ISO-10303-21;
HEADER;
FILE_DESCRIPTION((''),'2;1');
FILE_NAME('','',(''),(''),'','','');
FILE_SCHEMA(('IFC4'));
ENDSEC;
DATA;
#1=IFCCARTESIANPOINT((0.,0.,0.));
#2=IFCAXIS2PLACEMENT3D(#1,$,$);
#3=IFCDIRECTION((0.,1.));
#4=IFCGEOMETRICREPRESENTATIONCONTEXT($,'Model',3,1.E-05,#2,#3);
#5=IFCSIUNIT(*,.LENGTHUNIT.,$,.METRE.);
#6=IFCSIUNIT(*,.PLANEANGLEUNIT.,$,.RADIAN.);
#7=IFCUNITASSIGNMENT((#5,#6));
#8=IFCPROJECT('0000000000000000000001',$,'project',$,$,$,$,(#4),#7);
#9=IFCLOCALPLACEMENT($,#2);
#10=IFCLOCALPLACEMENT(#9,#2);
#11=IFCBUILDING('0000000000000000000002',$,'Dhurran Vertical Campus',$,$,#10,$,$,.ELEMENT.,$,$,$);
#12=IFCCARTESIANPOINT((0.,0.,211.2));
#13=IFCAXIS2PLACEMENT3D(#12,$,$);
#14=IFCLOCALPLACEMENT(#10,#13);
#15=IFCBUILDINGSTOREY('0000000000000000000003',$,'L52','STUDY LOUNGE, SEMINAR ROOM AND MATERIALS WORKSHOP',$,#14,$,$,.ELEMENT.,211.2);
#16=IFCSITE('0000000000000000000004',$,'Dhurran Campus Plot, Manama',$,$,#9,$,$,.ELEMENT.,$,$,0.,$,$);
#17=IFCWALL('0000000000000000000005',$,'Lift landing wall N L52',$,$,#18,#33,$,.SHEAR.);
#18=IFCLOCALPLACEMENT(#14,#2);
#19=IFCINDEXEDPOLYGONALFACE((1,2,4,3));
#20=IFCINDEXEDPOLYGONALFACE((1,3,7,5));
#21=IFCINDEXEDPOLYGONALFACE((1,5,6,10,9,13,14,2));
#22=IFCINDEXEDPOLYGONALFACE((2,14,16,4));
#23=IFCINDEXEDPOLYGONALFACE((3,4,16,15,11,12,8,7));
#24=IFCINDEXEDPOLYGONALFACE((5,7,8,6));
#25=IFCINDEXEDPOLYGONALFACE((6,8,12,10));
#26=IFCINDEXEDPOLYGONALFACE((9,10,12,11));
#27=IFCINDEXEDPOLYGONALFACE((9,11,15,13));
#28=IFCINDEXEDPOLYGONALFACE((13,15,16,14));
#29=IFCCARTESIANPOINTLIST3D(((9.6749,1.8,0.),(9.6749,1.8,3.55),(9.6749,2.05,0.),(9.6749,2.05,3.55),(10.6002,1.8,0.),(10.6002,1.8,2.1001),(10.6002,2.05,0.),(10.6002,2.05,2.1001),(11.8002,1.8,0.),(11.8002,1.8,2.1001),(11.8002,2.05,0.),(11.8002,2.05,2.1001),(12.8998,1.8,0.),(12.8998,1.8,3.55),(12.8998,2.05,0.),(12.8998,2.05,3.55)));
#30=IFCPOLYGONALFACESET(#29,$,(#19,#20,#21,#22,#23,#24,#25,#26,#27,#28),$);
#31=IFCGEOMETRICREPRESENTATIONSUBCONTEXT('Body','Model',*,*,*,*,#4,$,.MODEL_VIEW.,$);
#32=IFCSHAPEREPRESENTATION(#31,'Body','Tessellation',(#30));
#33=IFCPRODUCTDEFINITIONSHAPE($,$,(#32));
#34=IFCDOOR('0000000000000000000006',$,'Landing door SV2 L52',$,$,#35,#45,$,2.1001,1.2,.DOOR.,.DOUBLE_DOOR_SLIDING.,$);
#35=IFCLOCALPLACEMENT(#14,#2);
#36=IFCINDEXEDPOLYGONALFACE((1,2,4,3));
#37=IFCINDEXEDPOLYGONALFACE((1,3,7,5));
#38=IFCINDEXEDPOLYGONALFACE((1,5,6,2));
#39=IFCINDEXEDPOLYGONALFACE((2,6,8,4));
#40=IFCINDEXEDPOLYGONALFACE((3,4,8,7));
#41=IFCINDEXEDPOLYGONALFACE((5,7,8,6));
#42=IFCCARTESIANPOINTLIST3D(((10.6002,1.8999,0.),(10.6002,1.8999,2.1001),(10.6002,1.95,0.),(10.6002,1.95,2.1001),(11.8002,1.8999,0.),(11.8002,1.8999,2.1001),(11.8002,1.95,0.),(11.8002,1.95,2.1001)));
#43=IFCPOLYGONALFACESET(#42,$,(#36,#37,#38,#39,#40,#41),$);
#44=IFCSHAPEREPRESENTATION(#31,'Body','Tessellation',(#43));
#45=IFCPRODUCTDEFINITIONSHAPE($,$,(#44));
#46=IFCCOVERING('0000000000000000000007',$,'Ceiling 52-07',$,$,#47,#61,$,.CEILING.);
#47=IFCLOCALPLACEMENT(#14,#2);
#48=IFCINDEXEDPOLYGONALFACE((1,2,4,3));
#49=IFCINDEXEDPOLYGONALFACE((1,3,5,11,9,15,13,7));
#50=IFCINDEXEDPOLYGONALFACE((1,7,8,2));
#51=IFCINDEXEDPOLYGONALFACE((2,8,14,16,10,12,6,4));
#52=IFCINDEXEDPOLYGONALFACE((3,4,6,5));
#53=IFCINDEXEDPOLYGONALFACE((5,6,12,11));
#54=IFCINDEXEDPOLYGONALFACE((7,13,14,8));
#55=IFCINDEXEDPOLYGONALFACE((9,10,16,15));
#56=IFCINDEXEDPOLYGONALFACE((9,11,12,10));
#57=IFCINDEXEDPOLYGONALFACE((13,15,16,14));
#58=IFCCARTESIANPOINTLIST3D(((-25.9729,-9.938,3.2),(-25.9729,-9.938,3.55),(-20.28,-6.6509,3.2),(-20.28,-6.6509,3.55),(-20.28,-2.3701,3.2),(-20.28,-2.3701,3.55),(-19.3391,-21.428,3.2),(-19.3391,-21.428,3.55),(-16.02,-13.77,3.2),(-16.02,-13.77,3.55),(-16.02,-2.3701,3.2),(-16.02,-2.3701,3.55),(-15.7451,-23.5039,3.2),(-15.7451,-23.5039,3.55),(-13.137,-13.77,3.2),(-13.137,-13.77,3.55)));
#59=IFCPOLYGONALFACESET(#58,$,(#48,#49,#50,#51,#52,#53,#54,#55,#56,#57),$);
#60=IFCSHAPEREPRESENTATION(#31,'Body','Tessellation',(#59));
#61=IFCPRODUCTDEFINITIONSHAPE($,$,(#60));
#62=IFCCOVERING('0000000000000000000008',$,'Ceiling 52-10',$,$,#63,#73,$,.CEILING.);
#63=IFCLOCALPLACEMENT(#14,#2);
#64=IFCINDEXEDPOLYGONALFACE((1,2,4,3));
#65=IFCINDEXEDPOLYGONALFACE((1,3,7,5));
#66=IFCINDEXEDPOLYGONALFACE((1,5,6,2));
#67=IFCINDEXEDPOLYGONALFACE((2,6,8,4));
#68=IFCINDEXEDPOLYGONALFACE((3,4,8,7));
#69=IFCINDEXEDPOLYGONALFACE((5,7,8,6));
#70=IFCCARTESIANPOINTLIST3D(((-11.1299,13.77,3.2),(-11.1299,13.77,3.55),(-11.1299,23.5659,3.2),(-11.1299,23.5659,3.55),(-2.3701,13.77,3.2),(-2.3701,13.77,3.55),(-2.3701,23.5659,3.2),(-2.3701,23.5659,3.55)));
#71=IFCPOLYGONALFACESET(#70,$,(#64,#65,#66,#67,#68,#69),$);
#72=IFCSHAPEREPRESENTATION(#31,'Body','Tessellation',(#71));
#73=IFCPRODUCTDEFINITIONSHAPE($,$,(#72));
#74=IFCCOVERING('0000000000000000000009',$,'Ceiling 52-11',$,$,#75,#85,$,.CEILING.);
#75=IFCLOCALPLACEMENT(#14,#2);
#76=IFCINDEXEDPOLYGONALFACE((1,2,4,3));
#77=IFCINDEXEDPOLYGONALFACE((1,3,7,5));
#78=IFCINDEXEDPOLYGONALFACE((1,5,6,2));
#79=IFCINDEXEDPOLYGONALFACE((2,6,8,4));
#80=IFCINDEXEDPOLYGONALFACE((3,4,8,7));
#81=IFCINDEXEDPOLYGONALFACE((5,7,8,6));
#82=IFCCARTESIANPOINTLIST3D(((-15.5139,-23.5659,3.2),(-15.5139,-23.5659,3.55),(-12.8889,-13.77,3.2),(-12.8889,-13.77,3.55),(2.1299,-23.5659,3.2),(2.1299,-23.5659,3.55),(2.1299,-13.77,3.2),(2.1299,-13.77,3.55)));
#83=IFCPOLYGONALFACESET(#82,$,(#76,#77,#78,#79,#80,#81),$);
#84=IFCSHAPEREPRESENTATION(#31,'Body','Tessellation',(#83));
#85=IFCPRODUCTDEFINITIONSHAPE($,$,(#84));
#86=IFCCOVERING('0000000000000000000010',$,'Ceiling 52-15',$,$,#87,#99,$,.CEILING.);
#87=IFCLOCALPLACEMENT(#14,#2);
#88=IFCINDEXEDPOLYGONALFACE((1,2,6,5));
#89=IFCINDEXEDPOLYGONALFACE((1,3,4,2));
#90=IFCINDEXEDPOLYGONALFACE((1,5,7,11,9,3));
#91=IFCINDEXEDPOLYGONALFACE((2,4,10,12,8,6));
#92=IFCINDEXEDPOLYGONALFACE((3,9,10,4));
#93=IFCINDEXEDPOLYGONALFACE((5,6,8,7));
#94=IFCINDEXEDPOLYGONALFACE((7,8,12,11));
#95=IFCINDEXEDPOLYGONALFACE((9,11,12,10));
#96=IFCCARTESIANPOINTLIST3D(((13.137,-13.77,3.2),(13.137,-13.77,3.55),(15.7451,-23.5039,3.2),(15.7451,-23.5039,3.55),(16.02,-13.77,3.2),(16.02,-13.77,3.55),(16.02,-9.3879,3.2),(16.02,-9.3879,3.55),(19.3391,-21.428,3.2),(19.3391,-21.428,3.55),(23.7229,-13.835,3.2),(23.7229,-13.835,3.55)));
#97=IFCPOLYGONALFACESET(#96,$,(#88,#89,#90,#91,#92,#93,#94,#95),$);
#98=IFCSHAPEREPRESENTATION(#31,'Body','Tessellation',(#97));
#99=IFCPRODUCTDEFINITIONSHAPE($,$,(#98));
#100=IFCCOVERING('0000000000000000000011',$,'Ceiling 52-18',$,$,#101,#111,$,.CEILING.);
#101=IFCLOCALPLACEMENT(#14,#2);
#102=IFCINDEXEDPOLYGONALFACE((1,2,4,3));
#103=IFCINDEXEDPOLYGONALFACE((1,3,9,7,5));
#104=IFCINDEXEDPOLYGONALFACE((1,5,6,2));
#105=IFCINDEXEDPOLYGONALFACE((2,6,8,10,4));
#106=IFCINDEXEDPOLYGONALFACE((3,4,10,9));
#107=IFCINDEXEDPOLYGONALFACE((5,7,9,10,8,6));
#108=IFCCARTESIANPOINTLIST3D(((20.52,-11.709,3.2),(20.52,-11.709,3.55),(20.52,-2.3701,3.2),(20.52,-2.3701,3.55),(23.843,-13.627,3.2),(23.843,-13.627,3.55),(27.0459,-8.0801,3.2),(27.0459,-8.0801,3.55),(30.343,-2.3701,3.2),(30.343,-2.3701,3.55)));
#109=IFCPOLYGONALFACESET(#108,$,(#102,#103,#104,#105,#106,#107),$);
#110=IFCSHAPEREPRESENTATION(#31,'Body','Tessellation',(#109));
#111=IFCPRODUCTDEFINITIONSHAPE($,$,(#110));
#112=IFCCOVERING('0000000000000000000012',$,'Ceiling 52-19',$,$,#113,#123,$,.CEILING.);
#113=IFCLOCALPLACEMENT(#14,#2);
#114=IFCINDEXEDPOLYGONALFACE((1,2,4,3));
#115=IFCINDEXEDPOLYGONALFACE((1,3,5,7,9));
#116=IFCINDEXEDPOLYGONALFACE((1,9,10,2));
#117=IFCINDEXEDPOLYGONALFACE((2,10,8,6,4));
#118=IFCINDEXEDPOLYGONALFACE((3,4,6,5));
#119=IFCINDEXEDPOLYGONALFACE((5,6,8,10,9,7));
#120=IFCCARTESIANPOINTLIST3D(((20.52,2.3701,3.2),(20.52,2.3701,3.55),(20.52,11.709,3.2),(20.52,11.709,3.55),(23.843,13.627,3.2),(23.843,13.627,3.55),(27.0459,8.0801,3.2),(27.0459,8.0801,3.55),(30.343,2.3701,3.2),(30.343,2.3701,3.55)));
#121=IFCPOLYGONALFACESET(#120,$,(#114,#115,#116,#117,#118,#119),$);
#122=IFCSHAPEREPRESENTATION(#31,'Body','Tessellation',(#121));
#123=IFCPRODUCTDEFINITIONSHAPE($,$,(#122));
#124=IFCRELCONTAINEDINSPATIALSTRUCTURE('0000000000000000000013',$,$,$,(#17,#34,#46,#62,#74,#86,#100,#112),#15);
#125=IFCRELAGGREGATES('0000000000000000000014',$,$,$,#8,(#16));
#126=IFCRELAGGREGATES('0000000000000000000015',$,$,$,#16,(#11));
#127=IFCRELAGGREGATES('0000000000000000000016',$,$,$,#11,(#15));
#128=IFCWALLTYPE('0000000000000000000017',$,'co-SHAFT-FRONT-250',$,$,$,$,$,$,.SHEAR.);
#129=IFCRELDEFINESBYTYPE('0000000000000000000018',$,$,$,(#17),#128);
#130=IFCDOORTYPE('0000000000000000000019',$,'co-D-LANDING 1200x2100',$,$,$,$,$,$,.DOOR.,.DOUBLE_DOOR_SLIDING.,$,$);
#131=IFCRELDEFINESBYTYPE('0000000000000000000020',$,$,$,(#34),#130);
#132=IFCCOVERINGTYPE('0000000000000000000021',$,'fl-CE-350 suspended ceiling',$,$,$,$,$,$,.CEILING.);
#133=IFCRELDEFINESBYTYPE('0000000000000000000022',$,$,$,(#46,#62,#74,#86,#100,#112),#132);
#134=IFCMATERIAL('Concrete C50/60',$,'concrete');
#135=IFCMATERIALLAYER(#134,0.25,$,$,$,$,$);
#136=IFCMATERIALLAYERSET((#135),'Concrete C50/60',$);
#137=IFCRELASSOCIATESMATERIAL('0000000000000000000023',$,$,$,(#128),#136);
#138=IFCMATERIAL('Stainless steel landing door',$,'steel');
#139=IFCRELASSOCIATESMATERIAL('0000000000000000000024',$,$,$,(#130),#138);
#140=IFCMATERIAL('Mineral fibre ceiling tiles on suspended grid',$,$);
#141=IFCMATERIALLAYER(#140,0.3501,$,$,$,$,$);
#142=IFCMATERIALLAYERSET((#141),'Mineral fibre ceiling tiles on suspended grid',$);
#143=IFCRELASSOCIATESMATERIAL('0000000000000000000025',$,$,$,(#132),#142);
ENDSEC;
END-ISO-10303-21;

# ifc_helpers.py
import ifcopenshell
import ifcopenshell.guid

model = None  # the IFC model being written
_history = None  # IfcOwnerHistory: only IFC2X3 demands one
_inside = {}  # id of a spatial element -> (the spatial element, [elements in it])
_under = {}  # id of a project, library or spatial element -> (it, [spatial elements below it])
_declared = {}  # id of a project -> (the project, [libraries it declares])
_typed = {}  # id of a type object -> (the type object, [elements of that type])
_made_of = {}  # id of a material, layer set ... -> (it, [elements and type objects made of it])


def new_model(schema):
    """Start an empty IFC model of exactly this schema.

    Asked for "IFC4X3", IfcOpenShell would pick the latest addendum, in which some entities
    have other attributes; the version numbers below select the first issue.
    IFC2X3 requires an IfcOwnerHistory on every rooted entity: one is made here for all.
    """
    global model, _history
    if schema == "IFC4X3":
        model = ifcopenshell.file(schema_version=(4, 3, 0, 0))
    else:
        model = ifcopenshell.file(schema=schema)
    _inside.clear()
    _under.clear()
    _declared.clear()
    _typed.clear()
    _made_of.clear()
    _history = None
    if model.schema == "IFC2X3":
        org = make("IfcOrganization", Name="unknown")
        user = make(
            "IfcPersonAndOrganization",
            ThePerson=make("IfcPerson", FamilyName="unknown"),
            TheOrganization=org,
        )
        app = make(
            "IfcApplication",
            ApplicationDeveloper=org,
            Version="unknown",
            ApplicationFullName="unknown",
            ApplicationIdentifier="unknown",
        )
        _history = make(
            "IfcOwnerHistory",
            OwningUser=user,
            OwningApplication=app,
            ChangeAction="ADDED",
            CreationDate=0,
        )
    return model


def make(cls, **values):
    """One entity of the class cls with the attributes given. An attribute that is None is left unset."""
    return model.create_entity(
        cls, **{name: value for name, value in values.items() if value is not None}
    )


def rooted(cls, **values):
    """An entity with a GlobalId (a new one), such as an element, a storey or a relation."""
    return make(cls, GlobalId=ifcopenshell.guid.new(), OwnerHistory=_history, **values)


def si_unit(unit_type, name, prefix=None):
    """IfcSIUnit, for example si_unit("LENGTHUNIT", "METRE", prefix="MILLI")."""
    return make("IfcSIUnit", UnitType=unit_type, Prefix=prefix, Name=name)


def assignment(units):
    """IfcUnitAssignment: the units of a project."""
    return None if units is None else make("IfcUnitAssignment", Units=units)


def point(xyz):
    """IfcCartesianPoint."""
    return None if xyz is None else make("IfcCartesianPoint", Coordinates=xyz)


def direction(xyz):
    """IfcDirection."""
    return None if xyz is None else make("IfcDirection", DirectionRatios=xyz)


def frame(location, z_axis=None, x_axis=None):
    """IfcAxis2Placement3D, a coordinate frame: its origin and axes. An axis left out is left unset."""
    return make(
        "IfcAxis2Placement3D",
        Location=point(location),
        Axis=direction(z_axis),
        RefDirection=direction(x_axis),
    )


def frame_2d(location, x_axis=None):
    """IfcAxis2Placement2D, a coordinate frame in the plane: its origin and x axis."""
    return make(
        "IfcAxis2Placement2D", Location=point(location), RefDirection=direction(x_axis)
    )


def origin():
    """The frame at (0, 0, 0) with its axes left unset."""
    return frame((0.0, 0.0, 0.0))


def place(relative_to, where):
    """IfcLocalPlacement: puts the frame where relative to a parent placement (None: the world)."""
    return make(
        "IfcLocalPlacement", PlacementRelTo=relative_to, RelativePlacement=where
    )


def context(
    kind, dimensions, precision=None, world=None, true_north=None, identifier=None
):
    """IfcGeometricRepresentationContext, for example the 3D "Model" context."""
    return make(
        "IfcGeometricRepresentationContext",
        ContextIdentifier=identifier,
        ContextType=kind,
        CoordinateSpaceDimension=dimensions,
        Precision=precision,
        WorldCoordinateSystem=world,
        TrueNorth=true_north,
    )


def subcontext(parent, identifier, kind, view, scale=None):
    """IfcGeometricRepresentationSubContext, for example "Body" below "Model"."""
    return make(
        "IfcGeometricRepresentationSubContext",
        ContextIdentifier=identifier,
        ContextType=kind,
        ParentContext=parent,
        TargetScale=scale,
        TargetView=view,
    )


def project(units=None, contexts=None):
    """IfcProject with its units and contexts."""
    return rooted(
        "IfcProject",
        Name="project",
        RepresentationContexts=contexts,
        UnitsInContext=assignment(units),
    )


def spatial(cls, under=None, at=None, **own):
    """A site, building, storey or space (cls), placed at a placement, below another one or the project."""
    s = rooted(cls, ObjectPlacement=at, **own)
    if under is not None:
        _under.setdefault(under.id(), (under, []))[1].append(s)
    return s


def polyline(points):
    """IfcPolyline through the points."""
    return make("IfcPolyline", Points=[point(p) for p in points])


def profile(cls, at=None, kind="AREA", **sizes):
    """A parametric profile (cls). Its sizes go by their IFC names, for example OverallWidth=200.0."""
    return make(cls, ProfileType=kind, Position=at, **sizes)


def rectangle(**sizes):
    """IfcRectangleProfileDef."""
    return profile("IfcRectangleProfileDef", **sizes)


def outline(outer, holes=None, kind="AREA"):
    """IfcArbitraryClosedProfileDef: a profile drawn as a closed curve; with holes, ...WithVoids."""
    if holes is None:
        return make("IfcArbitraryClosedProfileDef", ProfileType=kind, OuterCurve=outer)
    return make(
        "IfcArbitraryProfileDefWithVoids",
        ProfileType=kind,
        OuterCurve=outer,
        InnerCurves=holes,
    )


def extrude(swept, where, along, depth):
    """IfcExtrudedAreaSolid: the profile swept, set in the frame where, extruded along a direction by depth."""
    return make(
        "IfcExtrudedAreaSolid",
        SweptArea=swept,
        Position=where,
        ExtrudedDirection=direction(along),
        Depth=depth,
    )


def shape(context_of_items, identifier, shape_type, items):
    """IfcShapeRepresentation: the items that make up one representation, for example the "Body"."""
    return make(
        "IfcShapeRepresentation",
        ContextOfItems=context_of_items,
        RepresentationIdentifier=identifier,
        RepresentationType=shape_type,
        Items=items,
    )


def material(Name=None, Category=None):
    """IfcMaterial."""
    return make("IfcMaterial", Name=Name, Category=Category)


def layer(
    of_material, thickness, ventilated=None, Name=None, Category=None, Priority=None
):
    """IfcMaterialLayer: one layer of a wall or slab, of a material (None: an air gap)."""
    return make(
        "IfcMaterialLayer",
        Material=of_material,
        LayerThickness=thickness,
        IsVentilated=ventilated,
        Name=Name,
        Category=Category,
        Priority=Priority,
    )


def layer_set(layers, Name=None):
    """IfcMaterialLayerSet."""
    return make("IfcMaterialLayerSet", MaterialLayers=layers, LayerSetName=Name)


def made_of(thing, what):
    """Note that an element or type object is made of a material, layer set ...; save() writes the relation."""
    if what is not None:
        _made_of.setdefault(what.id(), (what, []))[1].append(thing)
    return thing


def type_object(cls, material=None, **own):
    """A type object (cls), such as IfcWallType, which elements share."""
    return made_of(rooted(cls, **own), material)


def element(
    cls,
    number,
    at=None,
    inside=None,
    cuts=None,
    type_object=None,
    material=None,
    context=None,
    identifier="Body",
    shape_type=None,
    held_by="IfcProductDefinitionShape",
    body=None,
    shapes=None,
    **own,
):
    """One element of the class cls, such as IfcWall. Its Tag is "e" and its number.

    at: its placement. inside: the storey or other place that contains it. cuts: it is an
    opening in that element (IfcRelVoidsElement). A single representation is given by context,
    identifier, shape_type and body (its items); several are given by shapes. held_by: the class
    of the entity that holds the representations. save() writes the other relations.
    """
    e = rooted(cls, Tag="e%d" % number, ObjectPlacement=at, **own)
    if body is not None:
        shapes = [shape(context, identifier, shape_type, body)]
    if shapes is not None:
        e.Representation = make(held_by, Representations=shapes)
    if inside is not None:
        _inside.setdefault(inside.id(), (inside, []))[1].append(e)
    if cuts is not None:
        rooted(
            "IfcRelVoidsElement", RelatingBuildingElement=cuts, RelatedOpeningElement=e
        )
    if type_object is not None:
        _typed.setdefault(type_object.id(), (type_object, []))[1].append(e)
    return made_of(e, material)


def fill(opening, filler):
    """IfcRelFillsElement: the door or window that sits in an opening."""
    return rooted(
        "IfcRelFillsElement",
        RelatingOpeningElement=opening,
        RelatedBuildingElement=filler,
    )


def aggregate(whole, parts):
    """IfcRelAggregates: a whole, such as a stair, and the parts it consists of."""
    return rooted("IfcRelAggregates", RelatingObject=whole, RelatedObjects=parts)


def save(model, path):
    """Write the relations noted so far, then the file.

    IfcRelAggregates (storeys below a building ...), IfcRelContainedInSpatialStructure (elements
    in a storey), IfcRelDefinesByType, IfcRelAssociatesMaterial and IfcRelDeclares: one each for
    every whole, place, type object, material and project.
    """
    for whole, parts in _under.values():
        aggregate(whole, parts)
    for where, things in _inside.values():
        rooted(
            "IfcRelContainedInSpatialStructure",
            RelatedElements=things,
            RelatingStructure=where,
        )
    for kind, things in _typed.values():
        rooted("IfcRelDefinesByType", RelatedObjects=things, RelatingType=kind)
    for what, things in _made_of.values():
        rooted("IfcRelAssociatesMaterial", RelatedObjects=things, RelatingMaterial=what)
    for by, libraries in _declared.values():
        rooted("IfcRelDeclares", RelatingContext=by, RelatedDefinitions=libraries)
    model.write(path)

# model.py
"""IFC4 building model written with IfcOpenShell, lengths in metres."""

from ifc_helpers import new_model, si_unit, direction, frame, frame_2d, origin, place, context, subcontext, project, spatial, polyline, rectangle, outline, extrude, material, layer, layer_set, type_object, element, fill, save


model = new_model("IFC4")

# Units and contexts
model_context = context("Model", 3, precision=1e-05, world=origin(), true_north=direction((0.0, 1.0)))
body_context = subcontext(model_context, "Body", "Model", "MODEL_VIEW")
ifc_project = project(units=[si_unit("LENGTHUNIT", "METRE"), si_unit("PLANEANGLEUNIT", "RADIAN")], contexts=[model_context])

# Site, building, storey
site_placement = place(None, origin())
site = spatial("IfcSite", under=ifc_project, at=site_placement, Name="Dhurran Campus Plot, Manama", CompositionType="ELEMENT", RefElevation=0.0)
building_placement = place(site_placement, origin())
building = spatial("IfcBuilding", under=site, at=building_placement, Name="Dhurran Vertical Campus", CompositionType="ELEMENT")
storey_placement = place(building_placement, frame((0.0, 0.0, 211.2)))
storey = spatial("IfcBuildingStorey", under=building, at=storey_placement, Name="L52", Description="STUDY LOUNGE, SEMINAR ROOM AND MATERIALS WORKSHOP", CompositionType="ELEMENT", Elevation=211.2)

# Shared definitions
ifc_material_1 = material(Name="Concrete C50/60", Category="concrete")
ifc_layer_1 = layer(ifc_material_1, 0.25)
ifc_layer_set_1 = layer_set([ifc_layer_1], Name="Concrete C50/60")
wall_type_1 = type_object("IfcWallType", Name="co-SHAFT-FRONT-250", PredefinedType="SHEAR", material=ifc_layer_set_1)
ifc_material_2 = material(Name="Stainless steel landing door", Category="steel")
door_type_1 = type_object("IfcDoorType", Name="co-D-LANDING 1200x2100", OperationType="DOUBLE_DOOR_SLIDING", PredefinedType="DOOR", material=ifc_material_2)

# Wall, opening, door
wall_1_placement = place(storey_placement, frame((9.675, 1.925, 0.0), z_axis=(0.0, 0.0, 1.0), x_axis=(1.0, 0.0, 0.0)))
wall_1 = element("IfcWall", 1, at=wall_1_placement, inside=storey, type_object=wall_type_1, Name="Lift landing wall N L52", PredefinedType="SHEAR", context=body_context, shape_type="SweptSolid", body=[
    extrude(rectangle(XDim=3.2249, YDim=0.25, at=frame_2d((1.6123, 0.0))), origin(), (0.0, 0.0, 1.0), 3.55),
])
opening_1_placement = place(wall_1_placement, frame((0.925, 0.0, 0.0)))
opening_1 = element("IfcOpeningElement", 2, at=opening_1_placement, cuts=wall_1, PredefinedType="OPENING", context=body_context, shape_type="SweptSolid", body=[
    extrude(rectangle(XDim=1.2, YDim=2.1001, at=frame_2d((0.6001, 1.05))), frame((0.0, 0.135, 0.0), z_axis=(0.0, -1.0, 0.0), x_axis=(1.0, 0.0, 0.0)), (0.0, 0.0, 1.0), 0.27),
])
door_1_placement = place(opening_1_placement, origin())
door_1 = element("IfcDoor", 3, at=door_1_placement, inside=storey, type_object=door_type_1, Name="Landing door SV2 L52", OperationType="DOUBLE_DOOR_SLIDING", OverallHeight=2.1001, OverallWidth=1.2, PredefinedType="DOOR", context=body_context, shape_type="SweptSolid", body=[
    extrude(rectangle(XDim=1.2, YDim=2.1001, at=frame_2d((0.6001, 1.05))), frame((0.0, 0.0249, 0.0), z_axis=(0.0, -1.0, 0.0), x_axis=(1.0, 0.0, 0.0)), (0.0, 0.0, 1.0), 0.05),
])
fill(opening_1, door_1)

# Coverings
ifc_material_3 = material(Name="Mineral fibre ceiling tiles on suspended grid")
ifc_layer_2 = layer(ifc_material_3, 0.3501)
ifc_layer_set_2 = layer_set([ifc_layer_2], Name="Mineral fibre ceiling tiles on suspended grid")
covering_type = type_object("IfcCoveringType", Name="fl-CE-350 suspended ceiling", PredefinedType="CEILING", material=ifc_layer_set_2)
covering_1_placement = place(storey_placement, frame((0.0, 0.0, 3.2)))
element("IfcCovering", 4, at=covering_1_placement, inside=storey, type_object=covering_type, Name="Ceiling 52-07", PredefinedType="CEILING", context=body_context, shape_type="SweptSolid", body=[
    extrude(outline(polyline([(-19.3391, -21.428), (-25.9729, -9.938), (-20.28, -6.6509), (-20.28, -2.3701), (-16.02, -2.3701), (-16.02, -13.77), (-13.137, -13.77), (-15.7451, -23.5039), (-19.3391, -21.428)])), origin(), (0.0, 0.0, 1.0), 0.3501),
])
covering_2_placement = place(storey_placement, frame((0.0, 0.0, 3.2)))
element("IfcCovering", 5, at=covering_2_placement, inside=storey, type_object=covering_type, Name="Ceiling 52-10", PredefinedType="CEILING", context=body_context, shape_type="SweptSolid", body=[
    extrude(outline(polyline([(-11.1299, 23.5659), (-2.3701, 23.5659), (-2.3701, 13.77), (-11.1299, 13.77), (-11.1299, 23.5659)])), origin(), (0.0, 0.0, 1.0), 0.3501),
])
covering_3_placement = place(storey_placement, frame((0.0, 0.0, 3.2)))
element("IfcCovering", 6, at=covering_3_placement, inside=storey, type_object=covering_type, Name="Ceiling 52-11", PredefinedType="CEILING", context=body_context, shape_type="SweptSolid", body=[
    extrude(outline(polyline([(2.1299, -23.5659), (-15.5139, -23.5659), (-12.8889, -13.77), (2.1299, -13.77), (2.1299, -23.5659)])), origin(), (0.0, 0.0, 1.0), 0.3501),
])
covering_4_placement = place(storey_placement, frame((0.0, 0.0, 3.2)))
element("IfcCovering", 7, at=covering_4_placement, inside=storey, type_object=covering_type, Name="Ceiling 52-15", PredefinedType="CEILING", context=body_context, shape_type="SweptSolid", body=[
    extrude(outline(polyline([(23.7229, -13.835), (19.3391, -21.428), (15.7451, -23.5039), (13.137, -13.77), (16.02, -13.77), (16.02, -9.3879), (23.7229, -13.835)])), origin(), (0.0, 0.0, 1.0), 0.3501),
])
covering_5_placement = place(storey_placement, frame((0.0, 0.0, 3.2)))
element("IfcCovering", 8, at=covering_5_placement, inside=storey, type_object=covering_type, Name="Ceiling 52-18", PredefinedType="CEILING", context=body_context, shape_type="SweptSolid", body=[
    extrude(outline(polyline([(23.843, -13.627), (20.52, -11.709), (20.52, -2.3701), (30.343, -2.3701), (27.0459, -8.0801), (23.843, -13.627)])), origin(), (0.0, 0.0, 1.0), 0.3501),
])
covering_6_placement = place(storey_placement, frame((0.0, 0.0, 3.2)))
element("IfcCovering", 9, at=covering_6_placement, inside=storey, type_object=covering_type, Name="Ceiling 52-19", PredefinedType="CEILING", context=body_context, shape_type="SweptSolid", body=[
    extrude(outline(polyline([(30.343, 2.3701), (20.52, 2.3701), (20.52, 11.709), (23.843, 13.627), (27.0459, 8.0801), (30.343, 2.3701)])), origin(), (0.0, 0.0, 1.0), 0.3501),
])

save(model, "model.ifc")
